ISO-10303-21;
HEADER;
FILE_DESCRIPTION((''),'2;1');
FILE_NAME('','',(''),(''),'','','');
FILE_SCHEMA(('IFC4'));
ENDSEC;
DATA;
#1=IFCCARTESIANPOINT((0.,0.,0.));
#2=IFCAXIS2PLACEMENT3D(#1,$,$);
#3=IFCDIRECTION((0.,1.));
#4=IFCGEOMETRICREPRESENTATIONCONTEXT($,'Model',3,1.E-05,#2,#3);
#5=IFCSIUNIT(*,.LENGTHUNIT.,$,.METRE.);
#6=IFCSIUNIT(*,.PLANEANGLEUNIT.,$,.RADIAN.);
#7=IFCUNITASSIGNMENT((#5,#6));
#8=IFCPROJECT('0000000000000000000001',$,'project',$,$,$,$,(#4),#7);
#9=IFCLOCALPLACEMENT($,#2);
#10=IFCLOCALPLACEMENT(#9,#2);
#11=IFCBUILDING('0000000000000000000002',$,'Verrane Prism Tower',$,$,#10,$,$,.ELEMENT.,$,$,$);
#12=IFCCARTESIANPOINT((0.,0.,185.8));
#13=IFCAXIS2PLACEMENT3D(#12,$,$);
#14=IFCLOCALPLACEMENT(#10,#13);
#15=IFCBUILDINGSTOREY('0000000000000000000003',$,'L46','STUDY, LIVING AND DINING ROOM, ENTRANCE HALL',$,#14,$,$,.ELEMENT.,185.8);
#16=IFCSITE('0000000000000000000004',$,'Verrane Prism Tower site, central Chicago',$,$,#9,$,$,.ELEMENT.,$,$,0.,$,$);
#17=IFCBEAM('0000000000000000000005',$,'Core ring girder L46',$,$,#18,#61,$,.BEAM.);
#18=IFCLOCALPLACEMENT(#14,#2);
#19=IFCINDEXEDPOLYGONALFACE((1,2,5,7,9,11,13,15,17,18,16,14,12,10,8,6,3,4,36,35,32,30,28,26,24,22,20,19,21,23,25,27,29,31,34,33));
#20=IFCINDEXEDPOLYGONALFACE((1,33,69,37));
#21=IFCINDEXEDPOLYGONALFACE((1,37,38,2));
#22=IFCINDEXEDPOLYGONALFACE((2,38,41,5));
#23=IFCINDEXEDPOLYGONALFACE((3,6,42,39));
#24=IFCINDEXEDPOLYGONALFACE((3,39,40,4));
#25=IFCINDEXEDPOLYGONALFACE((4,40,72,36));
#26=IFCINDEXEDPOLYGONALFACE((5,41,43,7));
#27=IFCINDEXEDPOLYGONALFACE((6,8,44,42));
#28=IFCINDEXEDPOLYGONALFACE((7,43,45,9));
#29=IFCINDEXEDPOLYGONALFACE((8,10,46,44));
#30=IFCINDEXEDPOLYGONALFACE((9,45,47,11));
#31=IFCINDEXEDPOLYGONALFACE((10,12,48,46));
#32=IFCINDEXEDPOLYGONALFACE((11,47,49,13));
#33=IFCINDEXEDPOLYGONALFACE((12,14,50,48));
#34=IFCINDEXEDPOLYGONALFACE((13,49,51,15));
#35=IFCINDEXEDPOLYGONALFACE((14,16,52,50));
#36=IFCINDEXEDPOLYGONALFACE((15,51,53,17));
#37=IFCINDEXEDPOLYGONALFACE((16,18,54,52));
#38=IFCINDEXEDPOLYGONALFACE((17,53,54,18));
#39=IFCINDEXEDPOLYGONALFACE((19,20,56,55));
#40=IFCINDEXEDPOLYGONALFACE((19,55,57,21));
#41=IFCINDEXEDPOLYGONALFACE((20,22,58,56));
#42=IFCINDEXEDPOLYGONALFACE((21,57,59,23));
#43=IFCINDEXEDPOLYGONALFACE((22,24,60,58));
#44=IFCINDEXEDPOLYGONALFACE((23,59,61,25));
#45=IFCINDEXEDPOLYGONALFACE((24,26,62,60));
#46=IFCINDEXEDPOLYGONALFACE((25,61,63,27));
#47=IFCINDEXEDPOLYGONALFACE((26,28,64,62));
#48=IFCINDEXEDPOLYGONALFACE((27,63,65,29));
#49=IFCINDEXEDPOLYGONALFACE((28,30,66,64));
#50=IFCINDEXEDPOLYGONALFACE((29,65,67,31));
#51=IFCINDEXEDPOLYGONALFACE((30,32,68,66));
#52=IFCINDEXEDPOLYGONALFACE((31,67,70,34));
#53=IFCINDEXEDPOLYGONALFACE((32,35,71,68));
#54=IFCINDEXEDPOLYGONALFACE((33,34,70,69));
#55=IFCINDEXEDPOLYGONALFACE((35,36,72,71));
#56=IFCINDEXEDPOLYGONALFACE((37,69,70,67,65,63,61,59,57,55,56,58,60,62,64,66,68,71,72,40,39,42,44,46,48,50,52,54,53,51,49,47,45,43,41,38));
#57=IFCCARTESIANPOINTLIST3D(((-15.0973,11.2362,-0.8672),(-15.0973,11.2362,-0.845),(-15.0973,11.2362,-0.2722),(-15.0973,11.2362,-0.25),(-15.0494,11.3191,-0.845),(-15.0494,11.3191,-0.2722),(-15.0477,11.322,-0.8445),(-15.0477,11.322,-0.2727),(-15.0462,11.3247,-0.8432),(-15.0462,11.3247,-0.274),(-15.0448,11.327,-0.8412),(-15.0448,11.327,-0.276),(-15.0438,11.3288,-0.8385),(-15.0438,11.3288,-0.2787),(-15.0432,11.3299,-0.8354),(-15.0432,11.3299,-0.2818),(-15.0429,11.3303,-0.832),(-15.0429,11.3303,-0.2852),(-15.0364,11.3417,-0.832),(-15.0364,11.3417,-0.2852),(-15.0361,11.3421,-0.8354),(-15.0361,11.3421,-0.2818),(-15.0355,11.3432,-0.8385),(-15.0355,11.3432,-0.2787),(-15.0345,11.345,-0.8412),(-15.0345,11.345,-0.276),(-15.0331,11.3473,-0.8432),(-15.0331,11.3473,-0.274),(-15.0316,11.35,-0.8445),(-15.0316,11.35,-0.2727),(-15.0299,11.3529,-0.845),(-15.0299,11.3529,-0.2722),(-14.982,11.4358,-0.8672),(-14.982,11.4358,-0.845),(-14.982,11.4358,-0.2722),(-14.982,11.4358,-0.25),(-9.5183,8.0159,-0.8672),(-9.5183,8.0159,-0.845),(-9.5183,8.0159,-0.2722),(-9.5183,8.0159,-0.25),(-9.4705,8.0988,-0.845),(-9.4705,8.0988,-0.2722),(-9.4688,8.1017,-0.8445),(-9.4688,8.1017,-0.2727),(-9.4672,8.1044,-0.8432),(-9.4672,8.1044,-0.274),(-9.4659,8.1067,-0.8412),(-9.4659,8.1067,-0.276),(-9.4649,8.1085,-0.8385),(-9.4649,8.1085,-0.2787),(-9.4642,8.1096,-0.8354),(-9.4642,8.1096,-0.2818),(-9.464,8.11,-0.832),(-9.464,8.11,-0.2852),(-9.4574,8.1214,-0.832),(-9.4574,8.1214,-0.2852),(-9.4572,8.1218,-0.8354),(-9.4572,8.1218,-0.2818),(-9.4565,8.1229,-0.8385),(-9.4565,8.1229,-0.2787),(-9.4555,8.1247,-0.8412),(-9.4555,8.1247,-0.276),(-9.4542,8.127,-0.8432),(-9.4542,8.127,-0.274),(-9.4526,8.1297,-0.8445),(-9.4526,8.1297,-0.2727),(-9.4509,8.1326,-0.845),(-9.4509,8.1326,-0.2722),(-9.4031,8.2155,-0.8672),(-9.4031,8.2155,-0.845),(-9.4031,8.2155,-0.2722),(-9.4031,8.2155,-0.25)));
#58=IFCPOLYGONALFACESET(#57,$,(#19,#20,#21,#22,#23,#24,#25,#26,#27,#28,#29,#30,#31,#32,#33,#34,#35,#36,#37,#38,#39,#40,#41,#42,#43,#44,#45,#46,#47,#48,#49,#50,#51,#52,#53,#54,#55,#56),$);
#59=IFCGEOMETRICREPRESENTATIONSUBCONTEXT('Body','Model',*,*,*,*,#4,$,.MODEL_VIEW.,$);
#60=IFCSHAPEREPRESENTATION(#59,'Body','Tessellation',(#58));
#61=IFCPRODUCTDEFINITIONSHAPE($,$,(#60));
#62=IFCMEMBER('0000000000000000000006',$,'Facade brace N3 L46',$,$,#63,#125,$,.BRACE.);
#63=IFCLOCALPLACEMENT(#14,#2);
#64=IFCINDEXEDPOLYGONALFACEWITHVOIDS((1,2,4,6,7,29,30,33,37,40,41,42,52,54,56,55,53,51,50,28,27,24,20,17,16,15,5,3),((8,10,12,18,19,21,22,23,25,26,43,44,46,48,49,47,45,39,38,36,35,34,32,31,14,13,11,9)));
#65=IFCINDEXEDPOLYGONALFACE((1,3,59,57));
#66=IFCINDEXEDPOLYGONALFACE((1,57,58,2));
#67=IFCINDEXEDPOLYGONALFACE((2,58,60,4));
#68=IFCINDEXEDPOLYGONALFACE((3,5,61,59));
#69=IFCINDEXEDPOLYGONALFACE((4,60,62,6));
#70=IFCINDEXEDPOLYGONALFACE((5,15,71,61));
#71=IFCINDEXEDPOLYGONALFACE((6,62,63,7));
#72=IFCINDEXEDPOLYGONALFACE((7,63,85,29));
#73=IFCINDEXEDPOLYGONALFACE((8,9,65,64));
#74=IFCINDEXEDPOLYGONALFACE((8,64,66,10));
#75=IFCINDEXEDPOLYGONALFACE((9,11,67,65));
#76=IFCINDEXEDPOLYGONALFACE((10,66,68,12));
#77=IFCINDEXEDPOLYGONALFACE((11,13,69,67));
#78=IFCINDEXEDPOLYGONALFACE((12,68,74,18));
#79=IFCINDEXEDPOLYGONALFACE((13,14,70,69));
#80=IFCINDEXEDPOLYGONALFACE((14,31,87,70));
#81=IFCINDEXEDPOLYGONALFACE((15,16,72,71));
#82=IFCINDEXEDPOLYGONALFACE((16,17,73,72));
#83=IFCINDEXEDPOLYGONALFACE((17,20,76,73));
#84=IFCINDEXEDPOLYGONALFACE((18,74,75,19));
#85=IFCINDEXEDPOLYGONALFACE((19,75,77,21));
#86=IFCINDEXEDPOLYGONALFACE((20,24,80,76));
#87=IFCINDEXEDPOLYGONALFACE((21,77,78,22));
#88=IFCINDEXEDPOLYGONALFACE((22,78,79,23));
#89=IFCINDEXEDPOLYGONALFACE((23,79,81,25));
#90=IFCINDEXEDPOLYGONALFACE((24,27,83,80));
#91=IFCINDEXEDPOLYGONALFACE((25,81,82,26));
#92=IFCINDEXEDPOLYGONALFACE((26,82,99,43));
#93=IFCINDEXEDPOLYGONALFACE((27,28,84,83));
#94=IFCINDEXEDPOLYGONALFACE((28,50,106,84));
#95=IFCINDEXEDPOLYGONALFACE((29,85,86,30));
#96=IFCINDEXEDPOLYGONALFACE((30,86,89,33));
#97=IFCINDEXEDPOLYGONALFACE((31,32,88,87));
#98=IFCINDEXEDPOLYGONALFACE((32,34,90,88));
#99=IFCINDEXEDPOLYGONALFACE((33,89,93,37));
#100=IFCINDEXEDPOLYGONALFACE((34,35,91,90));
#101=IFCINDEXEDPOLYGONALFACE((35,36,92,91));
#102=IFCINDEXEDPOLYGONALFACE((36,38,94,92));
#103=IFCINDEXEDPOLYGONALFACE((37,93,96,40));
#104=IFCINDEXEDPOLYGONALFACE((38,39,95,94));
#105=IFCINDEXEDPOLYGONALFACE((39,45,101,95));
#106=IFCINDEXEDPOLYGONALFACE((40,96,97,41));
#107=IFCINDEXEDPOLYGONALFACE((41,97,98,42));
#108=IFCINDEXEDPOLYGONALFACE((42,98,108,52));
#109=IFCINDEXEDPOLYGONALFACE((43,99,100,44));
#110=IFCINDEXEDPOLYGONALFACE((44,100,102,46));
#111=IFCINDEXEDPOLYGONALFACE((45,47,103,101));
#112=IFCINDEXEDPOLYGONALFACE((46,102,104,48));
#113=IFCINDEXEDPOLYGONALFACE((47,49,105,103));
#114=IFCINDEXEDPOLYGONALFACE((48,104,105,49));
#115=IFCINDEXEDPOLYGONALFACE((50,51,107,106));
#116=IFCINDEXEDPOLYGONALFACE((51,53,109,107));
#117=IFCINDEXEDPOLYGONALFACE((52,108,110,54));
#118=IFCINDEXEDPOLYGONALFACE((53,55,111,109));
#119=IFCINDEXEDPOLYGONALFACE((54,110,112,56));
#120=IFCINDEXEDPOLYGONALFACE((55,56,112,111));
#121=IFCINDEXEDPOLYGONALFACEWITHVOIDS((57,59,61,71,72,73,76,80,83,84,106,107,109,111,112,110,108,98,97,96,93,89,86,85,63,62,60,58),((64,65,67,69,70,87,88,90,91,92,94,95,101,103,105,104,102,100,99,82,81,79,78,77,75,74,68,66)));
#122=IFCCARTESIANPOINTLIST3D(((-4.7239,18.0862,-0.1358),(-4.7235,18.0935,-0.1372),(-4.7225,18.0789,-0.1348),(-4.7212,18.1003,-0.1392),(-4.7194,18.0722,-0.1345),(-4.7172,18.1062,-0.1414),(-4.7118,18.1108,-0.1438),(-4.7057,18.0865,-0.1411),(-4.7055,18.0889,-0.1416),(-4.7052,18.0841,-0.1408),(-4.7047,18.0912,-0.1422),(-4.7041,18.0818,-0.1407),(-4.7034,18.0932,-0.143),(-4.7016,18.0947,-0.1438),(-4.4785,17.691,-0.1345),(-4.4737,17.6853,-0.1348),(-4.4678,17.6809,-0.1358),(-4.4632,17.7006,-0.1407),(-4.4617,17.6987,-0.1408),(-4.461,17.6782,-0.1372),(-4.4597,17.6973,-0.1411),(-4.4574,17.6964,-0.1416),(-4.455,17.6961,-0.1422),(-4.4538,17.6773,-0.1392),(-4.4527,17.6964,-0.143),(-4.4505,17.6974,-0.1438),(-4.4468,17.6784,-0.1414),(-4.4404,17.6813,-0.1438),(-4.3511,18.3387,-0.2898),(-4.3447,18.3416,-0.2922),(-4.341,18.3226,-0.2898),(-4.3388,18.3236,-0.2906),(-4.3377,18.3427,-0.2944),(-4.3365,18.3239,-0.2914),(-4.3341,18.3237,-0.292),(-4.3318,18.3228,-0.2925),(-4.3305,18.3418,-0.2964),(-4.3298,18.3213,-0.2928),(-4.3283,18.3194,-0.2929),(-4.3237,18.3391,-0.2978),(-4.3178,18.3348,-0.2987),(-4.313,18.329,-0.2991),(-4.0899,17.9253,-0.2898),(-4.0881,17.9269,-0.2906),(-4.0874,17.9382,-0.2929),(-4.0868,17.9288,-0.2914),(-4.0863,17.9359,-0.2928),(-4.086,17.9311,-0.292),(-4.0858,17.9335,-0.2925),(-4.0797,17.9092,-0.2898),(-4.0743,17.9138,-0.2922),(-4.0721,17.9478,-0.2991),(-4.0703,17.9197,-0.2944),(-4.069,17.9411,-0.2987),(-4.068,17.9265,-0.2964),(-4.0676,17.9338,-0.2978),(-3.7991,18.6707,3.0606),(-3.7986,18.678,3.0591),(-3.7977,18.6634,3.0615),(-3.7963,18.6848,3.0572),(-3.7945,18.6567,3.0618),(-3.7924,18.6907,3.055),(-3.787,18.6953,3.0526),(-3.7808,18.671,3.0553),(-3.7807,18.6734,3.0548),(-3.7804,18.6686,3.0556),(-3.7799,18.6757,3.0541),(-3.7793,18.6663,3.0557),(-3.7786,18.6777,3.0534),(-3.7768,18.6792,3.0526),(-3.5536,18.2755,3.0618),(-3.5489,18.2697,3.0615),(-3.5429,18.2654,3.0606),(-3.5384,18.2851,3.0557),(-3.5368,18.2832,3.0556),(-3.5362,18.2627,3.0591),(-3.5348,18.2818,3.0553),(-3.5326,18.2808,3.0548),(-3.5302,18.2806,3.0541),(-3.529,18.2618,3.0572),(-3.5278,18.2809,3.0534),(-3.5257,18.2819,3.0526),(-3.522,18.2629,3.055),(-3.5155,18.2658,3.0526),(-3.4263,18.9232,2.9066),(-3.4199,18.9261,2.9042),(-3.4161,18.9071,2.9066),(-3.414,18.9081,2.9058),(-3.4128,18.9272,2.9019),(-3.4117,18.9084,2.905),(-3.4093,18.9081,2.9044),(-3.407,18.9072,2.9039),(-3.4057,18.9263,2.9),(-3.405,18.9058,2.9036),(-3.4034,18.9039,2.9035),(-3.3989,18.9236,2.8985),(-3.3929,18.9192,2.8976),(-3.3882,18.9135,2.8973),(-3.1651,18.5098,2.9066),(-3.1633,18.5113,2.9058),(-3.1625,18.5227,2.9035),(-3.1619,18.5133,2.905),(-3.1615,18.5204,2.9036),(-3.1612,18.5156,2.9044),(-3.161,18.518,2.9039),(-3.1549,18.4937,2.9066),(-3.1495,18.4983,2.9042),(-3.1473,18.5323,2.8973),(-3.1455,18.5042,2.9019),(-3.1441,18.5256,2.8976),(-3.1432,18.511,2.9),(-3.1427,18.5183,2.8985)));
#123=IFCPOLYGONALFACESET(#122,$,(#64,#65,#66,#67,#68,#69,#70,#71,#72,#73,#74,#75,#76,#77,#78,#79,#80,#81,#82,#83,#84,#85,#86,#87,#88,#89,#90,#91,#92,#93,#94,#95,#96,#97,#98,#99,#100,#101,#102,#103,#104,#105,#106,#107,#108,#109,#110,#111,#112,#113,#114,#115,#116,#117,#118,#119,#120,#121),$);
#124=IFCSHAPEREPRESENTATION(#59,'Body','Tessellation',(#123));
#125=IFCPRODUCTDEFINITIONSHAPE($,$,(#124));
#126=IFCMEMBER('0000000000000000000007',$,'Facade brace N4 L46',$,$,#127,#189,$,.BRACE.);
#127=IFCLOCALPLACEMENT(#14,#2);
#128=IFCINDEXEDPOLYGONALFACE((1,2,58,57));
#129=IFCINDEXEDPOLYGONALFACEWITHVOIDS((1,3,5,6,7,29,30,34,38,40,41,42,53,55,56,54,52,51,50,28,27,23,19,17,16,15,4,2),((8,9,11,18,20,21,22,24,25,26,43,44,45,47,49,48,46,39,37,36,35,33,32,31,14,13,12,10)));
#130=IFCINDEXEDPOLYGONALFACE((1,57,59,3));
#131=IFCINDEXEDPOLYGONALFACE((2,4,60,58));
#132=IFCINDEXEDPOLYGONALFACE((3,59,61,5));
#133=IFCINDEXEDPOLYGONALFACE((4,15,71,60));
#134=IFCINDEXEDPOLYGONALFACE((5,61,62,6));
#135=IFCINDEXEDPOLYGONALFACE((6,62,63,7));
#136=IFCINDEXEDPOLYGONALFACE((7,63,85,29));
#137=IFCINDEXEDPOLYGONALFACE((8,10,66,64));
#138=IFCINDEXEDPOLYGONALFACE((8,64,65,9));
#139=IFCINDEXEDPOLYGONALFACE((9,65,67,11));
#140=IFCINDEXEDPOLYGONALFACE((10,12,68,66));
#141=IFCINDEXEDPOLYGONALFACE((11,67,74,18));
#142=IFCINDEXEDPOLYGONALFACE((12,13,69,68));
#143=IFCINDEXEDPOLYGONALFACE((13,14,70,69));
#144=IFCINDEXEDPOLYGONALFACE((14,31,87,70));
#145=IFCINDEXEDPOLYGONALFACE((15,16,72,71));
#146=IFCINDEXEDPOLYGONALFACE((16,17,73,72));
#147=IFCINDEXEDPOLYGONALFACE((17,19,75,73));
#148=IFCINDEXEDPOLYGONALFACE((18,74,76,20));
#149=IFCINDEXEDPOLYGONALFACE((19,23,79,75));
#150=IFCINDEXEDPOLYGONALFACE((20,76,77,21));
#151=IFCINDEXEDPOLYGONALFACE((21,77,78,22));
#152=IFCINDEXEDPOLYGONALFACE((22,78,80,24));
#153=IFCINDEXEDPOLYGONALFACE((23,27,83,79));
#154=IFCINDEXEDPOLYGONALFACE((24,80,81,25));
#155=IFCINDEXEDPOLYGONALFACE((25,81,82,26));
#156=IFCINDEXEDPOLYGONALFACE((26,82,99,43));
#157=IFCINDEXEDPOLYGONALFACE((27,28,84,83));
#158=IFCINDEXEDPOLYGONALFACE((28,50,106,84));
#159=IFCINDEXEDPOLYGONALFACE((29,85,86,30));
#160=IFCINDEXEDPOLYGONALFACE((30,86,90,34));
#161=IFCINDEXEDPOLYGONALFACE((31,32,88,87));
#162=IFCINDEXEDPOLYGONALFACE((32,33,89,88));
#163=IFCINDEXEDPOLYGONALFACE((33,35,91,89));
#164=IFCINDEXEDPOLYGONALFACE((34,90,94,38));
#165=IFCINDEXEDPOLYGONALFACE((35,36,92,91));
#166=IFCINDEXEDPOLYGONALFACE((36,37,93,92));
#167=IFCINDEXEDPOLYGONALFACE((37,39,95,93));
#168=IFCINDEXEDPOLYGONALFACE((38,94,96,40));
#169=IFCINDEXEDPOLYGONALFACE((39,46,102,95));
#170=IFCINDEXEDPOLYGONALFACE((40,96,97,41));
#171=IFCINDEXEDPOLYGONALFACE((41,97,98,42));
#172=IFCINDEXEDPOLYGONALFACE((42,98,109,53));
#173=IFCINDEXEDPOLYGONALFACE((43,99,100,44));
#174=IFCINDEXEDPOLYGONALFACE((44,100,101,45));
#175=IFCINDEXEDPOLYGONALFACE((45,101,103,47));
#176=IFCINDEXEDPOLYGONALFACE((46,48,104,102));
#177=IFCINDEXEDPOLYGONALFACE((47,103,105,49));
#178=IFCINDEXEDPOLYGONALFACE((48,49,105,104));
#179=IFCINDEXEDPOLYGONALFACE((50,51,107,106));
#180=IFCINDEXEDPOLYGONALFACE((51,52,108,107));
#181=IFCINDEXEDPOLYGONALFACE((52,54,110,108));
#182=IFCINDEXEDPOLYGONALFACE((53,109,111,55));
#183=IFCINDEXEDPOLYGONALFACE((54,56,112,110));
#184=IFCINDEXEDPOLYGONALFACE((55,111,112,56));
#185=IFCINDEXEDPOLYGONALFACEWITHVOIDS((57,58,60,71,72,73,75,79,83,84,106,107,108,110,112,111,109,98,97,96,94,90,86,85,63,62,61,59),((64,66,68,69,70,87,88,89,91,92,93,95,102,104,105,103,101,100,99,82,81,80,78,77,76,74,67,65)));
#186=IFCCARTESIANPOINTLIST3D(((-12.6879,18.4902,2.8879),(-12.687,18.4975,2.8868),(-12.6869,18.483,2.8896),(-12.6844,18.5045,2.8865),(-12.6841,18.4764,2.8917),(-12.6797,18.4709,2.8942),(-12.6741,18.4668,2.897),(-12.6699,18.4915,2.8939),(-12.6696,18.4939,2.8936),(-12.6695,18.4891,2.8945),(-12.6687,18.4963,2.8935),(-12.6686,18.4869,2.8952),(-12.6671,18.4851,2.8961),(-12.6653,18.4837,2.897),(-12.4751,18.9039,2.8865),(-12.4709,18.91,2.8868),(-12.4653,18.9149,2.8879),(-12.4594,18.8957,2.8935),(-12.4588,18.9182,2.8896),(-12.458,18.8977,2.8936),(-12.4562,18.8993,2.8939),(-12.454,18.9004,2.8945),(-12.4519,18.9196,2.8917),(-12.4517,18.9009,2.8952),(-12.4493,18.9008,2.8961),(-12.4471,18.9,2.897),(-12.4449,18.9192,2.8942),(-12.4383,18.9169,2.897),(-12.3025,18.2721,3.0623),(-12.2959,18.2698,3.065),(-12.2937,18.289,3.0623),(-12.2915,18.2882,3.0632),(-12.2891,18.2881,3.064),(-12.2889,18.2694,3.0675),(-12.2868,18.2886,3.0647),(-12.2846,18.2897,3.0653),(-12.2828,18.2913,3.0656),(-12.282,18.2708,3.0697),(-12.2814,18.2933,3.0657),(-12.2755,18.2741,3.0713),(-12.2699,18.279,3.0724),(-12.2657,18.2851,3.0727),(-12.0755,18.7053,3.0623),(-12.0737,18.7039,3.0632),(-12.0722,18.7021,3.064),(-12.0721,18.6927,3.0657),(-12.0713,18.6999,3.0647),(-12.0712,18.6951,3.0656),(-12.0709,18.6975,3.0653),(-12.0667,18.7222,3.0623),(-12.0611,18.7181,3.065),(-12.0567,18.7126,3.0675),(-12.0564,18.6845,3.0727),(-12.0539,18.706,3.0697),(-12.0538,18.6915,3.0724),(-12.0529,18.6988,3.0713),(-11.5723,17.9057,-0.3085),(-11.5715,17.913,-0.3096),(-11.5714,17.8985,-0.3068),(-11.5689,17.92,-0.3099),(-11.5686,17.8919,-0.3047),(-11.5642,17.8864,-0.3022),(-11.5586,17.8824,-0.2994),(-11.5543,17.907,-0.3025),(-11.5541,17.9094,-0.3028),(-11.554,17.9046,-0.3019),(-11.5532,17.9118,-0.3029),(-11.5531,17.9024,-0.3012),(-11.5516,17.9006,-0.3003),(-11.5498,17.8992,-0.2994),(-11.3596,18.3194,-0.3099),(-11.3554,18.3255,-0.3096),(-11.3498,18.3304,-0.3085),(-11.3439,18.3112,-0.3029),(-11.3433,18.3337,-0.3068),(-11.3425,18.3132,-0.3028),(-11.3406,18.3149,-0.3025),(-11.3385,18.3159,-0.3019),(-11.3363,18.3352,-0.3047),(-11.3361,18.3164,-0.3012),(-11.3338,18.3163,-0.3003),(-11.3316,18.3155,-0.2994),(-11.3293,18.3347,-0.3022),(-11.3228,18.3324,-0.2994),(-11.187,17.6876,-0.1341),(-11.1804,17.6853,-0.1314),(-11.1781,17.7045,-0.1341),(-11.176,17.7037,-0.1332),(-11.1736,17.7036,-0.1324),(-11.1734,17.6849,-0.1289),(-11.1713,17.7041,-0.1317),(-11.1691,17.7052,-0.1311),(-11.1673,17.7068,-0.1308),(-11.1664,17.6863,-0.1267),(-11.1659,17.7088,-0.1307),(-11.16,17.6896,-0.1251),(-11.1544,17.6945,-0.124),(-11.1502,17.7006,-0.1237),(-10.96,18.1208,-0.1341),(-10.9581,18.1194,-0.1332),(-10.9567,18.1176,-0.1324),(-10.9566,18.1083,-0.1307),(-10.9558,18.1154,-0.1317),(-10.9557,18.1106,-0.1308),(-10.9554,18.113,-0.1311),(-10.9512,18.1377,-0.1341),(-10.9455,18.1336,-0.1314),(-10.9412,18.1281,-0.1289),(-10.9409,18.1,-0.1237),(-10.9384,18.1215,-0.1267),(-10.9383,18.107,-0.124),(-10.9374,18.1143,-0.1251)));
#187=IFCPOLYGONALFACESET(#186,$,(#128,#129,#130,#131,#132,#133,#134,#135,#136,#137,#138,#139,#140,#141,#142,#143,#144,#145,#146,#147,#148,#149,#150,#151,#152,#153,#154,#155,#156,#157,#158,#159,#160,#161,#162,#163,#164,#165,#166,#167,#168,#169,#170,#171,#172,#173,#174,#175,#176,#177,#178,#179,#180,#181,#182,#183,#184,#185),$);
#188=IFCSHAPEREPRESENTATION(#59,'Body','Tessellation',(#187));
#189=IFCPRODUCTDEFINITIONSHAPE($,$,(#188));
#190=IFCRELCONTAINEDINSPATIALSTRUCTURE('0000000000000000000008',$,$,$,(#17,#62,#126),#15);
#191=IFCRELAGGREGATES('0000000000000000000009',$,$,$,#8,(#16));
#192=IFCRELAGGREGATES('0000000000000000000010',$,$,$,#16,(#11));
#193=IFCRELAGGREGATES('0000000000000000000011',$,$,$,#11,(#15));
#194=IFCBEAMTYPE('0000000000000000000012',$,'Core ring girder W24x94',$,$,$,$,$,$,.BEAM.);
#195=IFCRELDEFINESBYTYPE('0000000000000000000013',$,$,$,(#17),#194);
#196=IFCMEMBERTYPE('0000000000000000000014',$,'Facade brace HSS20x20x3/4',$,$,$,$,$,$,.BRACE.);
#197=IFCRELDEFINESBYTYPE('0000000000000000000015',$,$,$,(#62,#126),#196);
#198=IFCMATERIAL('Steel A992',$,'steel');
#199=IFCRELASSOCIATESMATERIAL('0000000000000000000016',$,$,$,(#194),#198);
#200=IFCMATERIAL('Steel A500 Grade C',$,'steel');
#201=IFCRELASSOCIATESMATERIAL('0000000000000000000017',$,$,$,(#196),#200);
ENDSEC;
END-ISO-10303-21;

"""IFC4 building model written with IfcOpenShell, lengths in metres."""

from ifc_helpers import new_model, si_unit, direction, frame, origin, origin_2d, place, context, subcontext, project, spatial, hollow_rectangle, i_section, extrude, material, material_profile, profile_set, type_object, element, save


model = new_model("IFC4")

# Units and contexts
model_context = context("Model", 3, precision=1e-05, world=origin(), true_north=direction((0.0, 1.0)))
body_context = subcontext(model_context, "Body", "Model", "MODEL_VIEW")
ifc_project = project(units=[si_unit("LENGTHUNIT", "METRE"), si_unit("PLANEANGLEUNIT", "RADIAN")], contexts=[model_context])

# Site, building, storey
site_placement = place(None, origin())
site = spatial("IfcSite", under=ifc_project, at=site_placement, Name="Verrane Prism Tower site, central Chicago", CompositionType="ELEMENT", RefElevation=0.0)
building_placement = place(site_placement, origin())
building = spatial("IfcBuilding", under=site, at=building_placement, Name="Verrane Prism Tower", CompositionType="ELEMENT")
storey_placement = place(building_placement, frame((0.0, 0.0, 185.8)))
storey = spatial("IfcBuildingStorey", under=building, at=storey_placement, Name="L46", Description="STUDY, LIVING AND DINING ROOM, ENTRANCE HALL", CompositionType="ELEMENT", Elevation=185.8)

# Beam
ifc_material_1 = material(Name="Steel A992", Category="steel")
ifc_material_profile_1 = material_profile(ifc_material_1, i_section(OverallWidth=0.2305, OverallDepth=0.6172, WebThickness=0.0132, FlangeThickness=0.0222, FilletRadius=0.0129, at=origin_2d()), Name="W24x94")
ifc_profile_set_1 = profile_set([ifc_material_profile_1], Name="Steel A992")
beam_type_1 = type_object("IfcBeamType", Name="Core ring girder W24x94", PredefinedType="BEAM", material=ifc_profile_set_1)
beam_1_placement = place(storey_placement, frame((-9.4607, 8.1157, -0.5586), z_axis=(-0.866075, 0.499914, 0.0), x_axis=(-0.499914, -0.866075, 0.0)))
element("IfcBeam", 1, at=beam_1_placement, inside=storey, type_object=beam_type_1, Name="Core ring girder L46", PredefinedType="BEAM", context=body_context, shape_type="SweptSolid", body=[
    extrude(i_section(OverallWidth=0.2305, OverallDepth=0.6172, WebThickness=0.0132, FlangeThickness=0.0222, FilletRadius=0.0129, at=origin_2d()), origin(), (0.0, 0.0, 1.0), 6.4417),
])

# Members
ifc_material_2 = material(Name="Steel A500 Grade C", Category="steel")
ifc_material_profile_2 = material_profile(ifc_material_2, hollow_rectangle(XDim=0.5081, YDim=0.5081, WallThickness=0.019, InnerFilletRadius=0.0095, OuterFilletRadius=0.0286, at=origin_2d()), Name="HSS20x20x3/4")
ifc_profile_set_2 = profile_set([ifc_material_profile_2], Name="Steel A500 Grade C")
member_type_1 = type_object("IfcMemberType", Name="Facade brace HSS20x20x3/4", PredefinedType="BRACE", material=ifc_profile_set_2)
member_1_placement = place(storey_placement, frame((-4.3958, 18.01, -0.2168), z_axis=(0.273746, 0.173006, 0.946114), x_axis=(-0.534245, 0.84533, 0.0)))
element("IfcMember", 2, at=member_1_placement, inside=storey, type_object=member_type_1, Name="Facade brace N3 L46", PredefinedType="BRACE", context=body_context, shape_type="SweptSolid", body=[
    extrude(hollow_rectangle(XDim=0.5081, YDim=0.5081, WallThickness=0.019, InnerFilletRadius=0.0095, OuterFilletRadius=0.0286, at=origin_2d()), origin(), (0.0, 0.0, 1.0), 3.3784),
])
member_2_placement = place(storey_placement, frame((-11.2549, 18.01, -0.2168), z_axis=(-0.324699, 0.170131, 0.93039), x_axis=(-0.464116, -0.885775, 0.0)))
element("IfcMember", 3, at=member_2_placement, inside=storey, type_object=member_type_1, Name="Facade brace N4 L46", PredefinedType="BRACE", context=body_context, shape_type="SweptSolid", body=[
    extrude(hollow_rectangle(XDim=0.5081, YDim=0.5081, WallThickness=0.019, InnerFilletRadius=0.0095, OuterFilletRadius=0.0286, at=origin_2d()), origin(), (0.0, 0.0, 1.0), 3.4355),
])

save(model, "model.ifc")
